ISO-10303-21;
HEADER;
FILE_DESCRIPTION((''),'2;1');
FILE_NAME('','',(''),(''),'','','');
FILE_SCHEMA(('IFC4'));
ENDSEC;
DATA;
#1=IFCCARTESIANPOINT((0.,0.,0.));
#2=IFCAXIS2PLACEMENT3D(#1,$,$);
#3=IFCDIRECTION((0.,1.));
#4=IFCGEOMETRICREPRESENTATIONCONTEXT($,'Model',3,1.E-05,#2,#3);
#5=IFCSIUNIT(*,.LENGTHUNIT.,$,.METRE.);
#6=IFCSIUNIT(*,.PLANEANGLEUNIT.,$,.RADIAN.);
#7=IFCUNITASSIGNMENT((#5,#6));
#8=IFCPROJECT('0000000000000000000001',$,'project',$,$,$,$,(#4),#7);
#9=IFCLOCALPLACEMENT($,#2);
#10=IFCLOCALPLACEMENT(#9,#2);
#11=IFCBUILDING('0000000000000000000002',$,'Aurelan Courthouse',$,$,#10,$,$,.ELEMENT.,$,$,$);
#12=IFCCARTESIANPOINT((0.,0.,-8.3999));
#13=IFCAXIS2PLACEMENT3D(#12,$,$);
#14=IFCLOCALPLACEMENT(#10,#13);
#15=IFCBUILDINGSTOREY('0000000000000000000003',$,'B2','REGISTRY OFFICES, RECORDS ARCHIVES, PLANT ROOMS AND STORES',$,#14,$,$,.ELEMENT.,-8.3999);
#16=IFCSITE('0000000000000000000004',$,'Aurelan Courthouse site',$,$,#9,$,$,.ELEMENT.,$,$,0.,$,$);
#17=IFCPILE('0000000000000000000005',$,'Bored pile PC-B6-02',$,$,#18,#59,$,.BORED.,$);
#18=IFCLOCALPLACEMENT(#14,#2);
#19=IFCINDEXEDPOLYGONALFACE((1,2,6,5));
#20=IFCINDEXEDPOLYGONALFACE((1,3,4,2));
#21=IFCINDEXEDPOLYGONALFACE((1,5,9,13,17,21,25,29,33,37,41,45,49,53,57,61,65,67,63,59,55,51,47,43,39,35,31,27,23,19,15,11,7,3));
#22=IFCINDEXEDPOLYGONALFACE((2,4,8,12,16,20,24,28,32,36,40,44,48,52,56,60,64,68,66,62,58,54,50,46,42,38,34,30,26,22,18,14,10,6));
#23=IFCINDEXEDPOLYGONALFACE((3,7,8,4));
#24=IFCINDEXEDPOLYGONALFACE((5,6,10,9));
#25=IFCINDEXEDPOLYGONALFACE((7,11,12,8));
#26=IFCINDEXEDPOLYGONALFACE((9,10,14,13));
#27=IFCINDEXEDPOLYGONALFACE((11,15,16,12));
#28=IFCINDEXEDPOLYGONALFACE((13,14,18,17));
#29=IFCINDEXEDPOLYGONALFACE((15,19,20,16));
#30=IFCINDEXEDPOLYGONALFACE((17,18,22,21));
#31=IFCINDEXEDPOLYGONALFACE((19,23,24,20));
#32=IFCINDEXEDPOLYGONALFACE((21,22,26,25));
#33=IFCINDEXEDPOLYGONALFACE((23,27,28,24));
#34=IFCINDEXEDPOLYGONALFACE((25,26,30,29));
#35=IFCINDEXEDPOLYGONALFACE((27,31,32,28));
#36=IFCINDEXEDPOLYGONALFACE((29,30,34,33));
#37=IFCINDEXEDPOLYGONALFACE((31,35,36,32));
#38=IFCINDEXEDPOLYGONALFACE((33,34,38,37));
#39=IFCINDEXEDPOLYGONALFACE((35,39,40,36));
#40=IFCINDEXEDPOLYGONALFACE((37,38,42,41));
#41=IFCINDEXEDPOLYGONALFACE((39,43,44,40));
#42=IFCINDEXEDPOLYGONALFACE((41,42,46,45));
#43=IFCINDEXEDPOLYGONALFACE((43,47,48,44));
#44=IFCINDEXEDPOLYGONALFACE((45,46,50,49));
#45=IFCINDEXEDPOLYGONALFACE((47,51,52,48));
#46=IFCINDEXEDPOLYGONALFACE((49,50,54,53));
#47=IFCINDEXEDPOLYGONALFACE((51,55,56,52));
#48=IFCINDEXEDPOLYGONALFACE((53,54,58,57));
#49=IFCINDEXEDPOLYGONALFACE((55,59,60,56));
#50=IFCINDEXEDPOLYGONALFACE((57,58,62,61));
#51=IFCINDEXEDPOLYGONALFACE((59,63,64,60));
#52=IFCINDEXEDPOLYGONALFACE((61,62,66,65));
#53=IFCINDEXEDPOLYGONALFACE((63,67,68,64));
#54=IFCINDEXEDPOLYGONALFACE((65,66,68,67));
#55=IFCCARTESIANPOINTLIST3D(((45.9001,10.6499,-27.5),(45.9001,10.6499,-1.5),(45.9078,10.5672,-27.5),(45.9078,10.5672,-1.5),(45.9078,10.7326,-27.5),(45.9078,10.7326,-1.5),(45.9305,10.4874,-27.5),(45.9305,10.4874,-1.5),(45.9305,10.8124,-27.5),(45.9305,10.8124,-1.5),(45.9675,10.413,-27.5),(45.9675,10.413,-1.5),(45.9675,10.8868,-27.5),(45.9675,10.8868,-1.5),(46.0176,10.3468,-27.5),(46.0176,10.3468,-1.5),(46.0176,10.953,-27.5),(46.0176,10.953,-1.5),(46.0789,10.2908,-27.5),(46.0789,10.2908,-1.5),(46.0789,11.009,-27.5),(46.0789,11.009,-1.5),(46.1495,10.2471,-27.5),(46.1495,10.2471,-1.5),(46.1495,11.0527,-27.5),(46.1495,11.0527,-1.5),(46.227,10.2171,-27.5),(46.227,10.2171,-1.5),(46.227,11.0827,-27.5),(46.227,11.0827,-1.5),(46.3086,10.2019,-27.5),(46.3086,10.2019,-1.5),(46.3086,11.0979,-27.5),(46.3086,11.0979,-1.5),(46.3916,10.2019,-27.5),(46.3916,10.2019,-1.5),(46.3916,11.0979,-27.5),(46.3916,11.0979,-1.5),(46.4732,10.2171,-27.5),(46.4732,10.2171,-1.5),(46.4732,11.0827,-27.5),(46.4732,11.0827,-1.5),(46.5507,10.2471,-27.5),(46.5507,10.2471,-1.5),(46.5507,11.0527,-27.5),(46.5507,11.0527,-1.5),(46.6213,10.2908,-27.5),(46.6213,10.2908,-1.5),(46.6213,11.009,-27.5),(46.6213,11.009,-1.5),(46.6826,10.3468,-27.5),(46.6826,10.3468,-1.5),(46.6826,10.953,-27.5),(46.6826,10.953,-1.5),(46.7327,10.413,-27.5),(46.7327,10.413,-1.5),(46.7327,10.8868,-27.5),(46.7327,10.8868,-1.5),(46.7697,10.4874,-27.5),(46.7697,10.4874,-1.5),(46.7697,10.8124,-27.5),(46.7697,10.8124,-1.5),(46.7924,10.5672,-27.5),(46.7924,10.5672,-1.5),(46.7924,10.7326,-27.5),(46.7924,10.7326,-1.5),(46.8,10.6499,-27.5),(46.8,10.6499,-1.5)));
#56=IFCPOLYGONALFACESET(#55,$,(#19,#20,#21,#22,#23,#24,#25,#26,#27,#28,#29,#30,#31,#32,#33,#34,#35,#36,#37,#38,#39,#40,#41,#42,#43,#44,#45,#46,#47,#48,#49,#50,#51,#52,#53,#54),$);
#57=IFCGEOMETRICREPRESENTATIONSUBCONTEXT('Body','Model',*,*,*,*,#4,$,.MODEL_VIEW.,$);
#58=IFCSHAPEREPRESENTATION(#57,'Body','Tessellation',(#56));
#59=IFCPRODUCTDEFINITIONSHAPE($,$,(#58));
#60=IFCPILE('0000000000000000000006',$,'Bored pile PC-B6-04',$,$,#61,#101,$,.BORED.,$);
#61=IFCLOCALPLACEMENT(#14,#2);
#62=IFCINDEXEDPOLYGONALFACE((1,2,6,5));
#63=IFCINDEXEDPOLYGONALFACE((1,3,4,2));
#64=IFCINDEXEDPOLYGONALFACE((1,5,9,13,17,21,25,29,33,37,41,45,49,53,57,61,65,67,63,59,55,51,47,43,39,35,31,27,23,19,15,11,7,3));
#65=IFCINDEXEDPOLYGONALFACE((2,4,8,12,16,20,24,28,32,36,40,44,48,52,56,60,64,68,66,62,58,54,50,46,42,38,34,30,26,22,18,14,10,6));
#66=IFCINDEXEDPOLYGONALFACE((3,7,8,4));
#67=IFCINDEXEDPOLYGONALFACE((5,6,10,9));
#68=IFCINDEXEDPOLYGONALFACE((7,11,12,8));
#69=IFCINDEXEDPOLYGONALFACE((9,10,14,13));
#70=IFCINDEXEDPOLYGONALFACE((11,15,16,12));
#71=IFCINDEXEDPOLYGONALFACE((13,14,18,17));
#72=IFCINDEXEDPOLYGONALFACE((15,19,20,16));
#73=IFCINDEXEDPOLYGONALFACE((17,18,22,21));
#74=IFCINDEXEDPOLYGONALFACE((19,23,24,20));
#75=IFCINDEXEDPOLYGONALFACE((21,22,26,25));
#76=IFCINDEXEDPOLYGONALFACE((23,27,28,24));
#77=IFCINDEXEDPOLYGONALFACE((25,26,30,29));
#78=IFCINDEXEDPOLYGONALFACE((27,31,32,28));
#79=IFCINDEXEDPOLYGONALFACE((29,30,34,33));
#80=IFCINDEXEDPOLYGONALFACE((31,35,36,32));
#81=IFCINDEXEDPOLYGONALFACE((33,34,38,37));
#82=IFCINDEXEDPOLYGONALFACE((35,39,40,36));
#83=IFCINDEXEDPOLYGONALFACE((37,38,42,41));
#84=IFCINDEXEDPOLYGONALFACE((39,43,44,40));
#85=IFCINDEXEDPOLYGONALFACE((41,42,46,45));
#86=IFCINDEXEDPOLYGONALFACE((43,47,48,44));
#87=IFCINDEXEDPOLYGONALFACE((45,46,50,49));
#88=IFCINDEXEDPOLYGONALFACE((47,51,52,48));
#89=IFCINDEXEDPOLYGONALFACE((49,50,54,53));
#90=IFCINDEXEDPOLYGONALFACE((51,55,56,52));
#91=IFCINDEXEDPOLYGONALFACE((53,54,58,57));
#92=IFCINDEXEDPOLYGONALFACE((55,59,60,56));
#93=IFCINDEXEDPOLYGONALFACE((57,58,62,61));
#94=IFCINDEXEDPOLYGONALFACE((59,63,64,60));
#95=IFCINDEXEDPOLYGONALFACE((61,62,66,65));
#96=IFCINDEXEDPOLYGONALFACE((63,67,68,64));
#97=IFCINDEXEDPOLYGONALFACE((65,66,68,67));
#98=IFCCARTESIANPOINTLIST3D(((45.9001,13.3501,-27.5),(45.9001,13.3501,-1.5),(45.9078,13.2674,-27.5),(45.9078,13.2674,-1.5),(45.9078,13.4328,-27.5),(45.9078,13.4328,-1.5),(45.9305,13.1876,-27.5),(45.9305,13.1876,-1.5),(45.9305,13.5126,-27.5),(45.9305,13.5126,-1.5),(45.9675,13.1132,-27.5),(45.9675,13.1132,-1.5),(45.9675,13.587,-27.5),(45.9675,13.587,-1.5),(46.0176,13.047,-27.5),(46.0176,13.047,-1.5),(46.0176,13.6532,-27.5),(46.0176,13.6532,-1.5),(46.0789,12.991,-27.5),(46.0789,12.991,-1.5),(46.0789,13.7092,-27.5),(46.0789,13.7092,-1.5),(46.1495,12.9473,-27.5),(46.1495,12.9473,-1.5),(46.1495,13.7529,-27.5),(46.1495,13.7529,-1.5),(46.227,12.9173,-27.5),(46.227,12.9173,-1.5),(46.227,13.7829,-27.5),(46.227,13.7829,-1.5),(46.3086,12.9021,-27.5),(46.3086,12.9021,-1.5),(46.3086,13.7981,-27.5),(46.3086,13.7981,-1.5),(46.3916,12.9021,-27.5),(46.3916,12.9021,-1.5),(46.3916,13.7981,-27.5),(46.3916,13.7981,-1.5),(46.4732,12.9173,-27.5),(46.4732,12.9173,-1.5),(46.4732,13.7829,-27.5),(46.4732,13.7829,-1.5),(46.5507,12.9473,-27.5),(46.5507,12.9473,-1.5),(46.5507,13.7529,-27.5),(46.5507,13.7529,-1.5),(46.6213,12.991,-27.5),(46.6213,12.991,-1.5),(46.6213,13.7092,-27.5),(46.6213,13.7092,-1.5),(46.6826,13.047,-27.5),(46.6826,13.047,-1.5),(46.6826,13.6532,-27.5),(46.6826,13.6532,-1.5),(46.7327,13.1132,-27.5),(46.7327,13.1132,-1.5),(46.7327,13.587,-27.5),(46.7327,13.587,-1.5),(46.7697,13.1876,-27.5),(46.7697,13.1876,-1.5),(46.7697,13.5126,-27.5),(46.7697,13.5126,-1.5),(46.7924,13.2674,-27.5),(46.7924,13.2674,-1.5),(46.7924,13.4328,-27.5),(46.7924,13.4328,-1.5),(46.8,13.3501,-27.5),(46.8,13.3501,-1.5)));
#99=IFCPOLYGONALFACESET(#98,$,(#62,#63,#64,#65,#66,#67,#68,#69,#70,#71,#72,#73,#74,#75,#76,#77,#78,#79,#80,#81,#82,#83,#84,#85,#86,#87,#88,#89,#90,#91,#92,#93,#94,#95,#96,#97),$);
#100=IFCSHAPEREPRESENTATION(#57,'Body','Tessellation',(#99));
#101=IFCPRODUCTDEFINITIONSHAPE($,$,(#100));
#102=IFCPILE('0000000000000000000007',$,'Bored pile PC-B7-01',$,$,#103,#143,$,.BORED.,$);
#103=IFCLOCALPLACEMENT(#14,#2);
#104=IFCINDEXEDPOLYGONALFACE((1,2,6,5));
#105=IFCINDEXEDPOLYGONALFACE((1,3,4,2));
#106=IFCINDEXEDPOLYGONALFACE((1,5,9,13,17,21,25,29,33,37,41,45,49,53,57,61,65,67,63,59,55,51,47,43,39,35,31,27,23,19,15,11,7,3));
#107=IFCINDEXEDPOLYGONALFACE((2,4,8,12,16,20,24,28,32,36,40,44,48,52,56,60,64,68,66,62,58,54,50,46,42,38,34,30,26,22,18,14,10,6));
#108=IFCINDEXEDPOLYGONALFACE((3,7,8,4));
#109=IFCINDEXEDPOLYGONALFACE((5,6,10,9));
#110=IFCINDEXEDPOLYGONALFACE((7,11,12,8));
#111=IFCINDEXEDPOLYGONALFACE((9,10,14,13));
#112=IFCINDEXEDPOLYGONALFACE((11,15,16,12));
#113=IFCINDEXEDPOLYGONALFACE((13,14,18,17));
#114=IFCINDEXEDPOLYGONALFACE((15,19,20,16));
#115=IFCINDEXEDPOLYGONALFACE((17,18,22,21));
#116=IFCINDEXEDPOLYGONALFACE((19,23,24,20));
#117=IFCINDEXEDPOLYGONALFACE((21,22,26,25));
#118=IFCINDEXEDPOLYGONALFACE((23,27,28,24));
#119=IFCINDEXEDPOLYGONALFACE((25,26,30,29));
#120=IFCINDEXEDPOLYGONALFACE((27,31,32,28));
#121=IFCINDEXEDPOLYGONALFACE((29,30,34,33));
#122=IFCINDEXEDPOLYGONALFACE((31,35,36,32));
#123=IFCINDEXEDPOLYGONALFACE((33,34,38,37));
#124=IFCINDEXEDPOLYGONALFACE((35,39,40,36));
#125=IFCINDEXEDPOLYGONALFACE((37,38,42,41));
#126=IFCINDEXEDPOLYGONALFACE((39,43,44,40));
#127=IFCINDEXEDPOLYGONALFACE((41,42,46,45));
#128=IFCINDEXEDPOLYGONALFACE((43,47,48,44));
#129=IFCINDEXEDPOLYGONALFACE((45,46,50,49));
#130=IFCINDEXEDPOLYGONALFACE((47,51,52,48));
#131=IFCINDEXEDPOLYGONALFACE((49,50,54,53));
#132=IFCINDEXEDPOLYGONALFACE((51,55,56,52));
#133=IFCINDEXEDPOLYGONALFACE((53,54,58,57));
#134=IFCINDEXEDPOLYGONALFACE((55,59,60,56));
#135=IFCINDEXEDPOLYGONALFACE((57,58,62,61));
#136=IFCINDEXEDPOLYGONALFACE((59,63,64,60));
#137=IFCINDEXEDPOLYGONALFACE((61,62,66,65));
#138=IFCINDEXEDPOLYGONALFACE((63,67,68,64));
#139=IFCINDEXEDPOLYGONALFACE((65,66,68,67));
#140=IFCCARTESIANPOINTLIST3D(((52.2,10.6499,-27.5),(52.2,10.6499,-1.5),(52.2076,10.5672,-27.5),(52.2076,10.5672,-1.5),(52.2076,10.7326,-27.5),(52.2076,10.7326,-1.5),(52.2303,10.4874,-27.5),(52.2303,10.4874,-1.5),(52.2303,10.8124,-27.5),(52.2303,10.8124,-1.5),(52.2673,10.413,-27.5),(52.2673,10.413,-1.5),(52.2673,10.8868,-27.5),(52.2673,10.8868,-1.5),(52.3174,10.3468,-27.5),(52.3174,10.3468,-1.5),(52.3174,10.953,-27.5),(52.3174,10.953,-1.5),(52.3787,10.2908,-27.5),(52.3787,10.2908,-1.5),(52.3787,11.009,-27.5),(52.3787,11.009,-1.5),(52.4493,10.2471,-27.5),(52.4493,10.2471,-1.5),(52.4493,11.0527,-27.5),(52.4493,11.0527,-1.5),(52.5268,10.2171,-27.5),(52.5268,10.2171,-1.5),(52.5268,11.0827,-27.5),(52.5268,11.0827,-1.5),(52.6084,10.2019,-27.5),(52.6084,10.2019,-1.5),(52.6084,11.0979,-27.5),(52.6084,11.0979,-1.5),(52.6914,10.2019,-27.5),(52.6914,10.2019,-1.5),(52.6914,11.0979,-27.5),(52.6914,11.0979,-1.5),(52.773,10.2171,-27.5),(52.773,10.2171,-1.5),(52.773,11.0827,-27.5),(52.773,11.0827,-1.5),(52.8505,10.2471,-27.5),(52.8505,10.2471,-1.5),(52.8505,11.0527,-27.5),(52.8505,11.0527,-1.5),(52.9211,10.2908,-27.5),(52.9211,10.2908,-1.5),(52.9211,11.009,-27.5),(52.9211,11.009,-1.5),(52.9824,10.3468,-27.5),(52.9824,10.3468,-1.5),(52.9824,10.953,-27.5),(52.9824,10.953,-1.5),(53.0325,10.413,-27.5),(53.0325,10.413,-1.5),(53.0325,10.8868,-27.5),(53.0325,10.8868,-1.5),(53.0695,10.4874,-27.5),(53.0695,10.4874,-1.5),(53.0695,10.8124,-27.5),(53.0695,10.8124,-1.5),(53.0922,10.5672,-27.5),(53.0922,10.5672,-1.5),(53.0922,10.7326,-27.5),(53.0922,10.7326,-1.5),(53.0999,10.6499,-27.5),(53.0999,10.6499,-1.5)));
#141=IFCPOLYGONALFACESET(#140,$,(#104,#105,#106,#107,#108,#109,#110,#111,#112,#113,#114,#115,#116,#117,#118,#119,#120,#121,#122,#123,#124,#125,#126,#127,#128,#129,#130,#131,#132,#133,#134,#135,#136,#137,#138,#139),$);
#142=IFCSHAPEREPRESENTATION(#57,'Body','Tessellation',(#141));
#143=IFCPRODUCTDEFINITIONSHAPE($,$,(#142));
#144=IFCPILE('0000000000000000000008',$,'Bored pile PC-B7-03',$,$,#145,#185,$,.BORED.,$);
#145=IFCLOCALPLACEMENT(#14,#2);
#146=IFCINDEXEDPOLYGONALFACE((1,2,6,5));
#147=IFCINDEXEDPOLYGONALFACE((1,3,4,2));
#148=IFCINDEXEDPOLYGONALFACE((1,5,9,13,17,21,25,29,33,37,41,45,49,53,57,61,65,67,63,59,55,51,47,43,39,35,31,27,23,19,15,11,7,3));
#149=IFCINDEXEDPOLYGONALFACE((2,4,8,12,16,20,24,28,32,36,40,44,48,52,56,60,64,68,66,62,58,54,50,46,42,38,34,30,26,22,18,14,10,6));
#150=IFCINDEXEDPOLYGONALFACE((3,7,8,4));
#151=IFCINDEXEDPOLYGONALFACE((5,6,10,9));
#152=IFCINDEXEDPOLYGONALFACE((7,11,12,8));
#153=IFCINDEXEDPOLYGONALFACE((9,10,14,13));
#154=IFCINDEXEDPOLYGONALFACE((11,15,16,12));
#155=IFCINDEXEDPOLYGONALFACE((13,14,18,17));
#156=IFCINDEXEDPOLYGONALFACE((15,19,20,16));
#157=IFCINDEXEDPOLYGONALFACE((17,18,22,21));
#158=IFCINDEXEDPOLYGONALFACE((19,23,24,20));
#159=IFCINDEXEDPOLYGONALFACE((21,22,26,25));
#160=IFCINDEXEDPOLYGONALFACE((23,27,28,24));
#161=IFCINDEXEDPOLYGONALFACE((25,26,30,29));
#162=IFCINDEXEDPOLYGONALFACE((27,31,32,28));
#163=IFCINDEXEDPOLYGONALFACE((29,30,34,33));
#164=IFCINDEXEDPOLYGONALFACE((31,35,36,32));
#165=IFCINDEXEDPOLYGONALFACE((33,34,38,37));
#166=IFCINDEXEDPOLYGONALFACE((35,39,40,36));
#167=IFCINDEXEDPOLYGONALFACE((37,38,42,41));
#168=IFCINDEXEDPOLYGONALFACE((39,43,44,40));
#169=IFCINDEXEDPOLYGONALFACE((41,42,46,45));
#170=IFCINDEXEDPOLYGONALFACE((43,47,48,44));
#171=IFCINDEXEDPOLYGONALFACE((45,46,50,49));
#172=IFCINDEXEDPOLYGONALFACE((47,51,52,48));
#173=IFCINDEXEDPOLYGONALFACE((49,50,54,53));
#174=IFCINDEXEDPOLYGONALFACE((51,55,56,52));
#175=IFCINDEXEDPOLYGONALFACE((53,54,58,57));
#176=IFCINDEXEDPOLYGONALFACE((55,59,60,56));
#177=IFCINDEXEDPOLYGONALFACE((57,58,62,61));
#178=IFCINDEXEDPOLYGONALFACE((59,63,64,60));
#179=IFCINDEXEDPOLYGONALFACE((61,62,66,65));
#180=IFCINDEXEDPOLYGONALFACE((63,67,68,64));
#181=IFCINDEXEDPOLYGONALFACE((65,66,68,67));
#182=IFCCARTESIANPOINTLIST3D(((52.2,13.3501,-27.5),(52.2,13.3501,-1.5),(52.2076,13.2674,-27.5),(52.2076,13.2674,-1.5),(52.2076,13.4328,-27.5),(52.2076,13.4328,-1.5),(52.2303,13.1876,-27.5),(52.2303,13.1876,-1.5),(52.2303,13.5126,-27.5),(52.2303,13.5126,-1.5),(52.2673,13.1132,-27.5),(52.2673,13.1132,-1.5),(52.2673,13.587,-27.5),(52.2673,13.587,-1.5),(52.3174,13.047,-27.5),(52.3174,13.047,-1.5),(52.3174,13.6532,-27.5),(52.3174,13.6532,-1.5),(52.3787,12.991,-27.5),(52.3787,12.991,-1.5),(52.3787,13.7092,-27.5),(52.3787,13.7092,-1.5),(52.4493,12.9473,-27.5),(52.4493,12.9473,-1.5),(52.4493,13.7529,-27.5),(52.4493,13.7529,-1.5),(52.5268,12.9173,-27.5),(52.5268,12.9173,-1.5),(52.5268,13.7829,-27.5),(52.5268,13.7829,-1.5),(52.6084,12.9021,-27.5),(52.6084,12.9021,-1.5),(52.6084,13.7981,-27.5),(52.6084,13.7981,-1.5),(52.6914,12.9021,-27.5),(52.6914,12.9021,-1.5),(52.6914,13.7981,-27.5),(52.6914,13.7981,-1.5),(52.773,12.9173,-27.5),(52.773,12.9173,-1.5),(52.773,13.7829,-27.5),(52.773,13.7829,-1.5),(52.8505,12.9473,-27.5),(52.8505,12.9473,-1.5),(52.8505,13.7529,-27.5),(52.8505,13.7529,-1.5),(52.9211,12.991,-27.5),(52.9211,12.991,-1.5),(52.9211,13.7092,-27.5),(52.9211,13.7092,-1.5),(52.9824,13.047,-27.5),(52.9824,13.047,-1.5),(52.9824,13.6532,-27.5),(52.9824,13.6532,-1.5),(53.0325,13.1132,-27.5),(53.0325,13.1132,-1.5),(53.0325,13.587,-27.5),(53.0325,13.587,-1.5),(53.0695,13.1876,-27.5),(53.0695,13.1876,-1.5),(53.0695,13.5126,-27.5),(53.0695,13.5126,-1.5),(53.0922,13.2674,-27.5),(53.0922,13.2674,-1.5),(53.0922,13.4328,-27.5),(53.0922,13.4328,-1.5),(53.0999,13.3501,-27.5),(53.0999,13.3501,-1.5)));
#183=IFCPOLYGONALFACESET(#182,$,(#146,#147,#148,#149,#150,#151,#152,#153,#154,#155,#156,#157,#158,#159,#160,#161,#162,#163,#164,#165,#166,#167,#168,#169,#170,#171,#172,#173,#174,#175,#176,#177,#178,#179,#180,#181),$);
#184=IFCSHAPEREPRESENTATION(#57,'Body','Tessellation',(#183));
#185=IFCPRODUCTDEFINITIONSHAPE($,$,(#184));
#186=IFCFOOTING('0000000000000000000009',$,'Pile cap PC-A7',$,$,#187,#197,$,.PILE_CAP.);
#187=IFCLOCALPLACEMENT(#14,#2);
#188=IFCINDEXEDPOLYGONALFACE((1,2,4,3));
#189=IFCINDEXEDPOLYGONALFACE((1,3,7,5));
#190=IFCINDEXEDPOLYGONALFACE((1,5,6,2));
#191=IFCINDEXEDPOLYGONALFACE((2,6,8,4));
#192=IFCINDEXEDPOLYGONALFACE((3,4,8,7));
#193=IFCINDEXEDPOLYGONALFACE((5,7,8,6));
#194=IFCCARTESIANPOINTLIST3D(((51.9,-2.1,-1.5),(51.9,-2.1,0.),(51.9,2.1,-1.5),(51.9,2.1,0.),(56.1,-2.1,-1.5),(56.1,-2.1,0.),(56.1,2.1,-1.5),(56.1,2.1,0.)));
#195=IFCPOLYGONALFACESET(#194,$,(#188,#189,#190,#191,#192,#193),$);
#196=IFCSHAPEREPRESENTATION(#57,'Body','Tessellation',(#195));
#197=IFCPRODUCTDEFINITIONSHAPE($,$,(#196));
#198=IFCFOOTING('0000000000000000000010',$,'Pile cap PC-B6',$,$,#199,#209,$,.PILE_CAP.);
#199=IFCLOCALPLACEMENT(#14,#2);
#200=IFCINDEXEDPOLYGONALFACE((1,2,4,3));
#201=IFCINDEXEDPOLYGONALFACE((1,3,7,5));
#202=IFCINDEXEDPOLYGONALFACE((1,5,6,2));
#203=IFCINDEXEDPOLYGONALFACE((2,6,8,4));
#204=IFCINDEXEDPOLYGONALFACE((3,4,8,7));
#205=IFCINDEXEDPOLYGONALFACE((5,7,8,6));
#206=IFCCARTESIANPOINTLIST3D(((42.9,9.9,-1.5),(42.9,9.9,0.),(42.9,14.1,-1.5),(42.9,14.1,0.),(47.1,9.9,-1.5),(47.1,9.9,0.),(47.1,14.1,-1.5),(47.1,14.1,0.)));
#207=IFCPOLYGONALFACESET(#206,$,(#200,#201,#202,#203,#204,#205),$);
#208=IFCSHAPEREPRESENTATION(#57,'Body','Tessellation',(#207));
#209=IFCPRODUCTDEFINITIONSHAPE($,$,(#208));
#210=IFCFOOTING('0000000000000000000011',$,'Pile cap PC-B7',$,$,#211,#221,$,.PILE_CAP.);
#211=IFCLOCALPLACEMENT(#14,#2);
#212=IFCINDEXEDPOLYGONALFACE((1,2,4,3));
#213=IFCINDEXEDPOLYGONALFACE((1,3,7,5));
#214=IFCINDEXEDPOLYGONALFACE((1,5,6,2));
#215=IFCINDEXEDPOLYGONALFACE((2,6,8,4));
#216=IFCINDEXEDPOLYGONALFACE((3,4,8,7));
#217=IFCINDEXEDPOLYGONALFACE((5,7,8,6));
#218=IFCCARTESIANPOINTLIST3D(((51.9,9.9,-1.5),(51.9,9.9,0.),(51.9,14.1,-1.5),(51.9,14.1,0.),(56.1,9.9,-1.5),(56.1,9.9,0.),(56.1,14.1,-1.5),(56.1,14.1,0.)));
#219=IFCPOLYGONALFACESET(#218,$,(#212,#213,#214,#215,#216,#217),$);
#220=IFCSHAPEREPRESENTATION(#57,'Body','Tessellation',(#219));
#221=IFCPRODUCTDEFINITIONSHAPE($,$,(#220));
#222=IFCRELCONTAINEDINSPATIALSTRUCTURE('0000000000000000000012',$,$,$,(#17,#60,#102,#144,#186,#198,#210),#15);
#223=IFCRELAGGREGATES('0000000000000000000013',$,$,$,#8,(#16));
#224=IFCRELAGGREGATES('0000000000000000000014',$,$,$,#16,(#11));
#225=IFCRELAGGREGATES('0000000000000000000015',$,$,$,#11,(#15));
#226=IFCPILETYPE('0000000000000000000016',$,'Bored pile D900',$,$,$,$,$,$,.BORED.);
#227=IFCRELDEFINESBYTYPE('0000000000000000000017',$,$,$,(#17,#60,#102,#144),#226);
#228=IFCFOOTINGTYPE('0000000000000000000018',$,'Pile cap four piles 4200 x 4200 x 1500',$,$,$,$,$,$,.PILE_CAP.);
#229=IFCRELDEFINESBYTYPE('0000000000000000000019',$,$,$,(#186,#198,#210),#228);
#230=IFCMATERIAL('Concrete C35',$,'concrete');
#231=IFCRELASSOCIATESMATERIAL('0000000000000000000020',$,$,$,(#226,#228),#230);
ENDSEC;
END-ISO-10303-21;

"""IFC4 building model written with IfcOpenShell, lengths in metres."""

from ifc_helpers import new_model, si_unit, direction, frame, origin, origin_2d, place, context, subcontext, project, spatial, rectangle, circle, extrude, material, material_profile, profile_set, type_object, element, save


model = new_model("IFC4")

# Units and contexts
model_context = context("Model", 3, precision=1e-05, world=origin(), true_north=direction((0.0, 1.0)))
body_context = subcontext(model_context, "Body", "Model", "MODEL_VIEW")
ifc_project = project(units=[si_unit("LENGTHUNIT", "METRE"), si_unit("PLANEANGLEUNIT", "RADIAN")], contexts=[model_context])

# Site, building, storey
site_placement = place(None, origin())
site = spatial("IfcSite", under=ifc_project, at=site_placement, Name="Aurelan Courthouse site", CompositionType="ELEMENT", RefElevation=0.0)
building_placement = place(site_placement, origin())
building = spatial("IfcBuilding", under=site, at=building_placement, Name="Aurelan Courthouse", CompositionType="ELEMENT")
storey_placement = place(building_placement, frame((0.0, 0.0, -8.3999)))
storey = spatial("IfcBuildingStorey", under=building, at=storey_placement, Name="B2", Description="REGISTRY OFFICES, RECORDS ARCHIVES, PLANT ROOMS AND STORES", CompositionType="ELEMENT", Elevation=-8.3999)

# Piles
ifc_material_1 = material(Name="Concrete C35", Category="concrete")
ifc_material_profile_1 = material_profile(ifc_material_1, circle(Radius=0.45, at=origin_2d()), Name="D900")
ifc_profile_set_1 = profile_set([ifc_material_profile_1], Name="Concrete C35")
pile_type = type_object("IfcPileType", Name="Bored pile D900", PredefinedType="BORED", material=ifc_profile_set_1)
for number, where, z_axis, x_axis, name in (
    (1, (46.3501, 10.6499, -1.5), (0.0, 0.0, -1.0), (1.0, 0.0, 0.0), "Bored pile PC-B6-02"),
    (2, (46.3501, 13.3501, -1.5), (0.0, 0.0, -1.0), (1.0, 0.0, 0.0), "Bored pile PC-B6-04"),
    (3, (52.6499, 10.6499, -1.5), (0.0, 0.0, -1.0), (1.0, 0.0, 0.0), "Bored pile PC-B7-01"),
    (4, (52.6499, 13.3501, -1.5), (0.0, 0.0, -1.0), (1.0, 0.0, 0.0), "Bored pile PC-B7-03"),
):
    element("IfcPile", number, at=place(storey_placement, frame(where, z_axis=z_axis, x_axis=x_axis)), inside=storey, type_object=pile_type, Name=name, PredefinedType="BORED", context=body_context, shape_type="SweptSolid", body=[
        extrude(circle(Radius=0.45, at=origin_2d()), origin(), (0.0, 0.0, 1.0), 26.0),
    ])

# Footings
footing_type_1 = type_object("IfcFootingType", Name="Pile cap four piles 4200 x 4200 x 1500", PredefinedType="PILE_CAP", material=ifc_material_1)
for number, where, z_axis, x_axis, name in (
    (5, (54.0, 0.0, -1.5), (0.0, 0.0, 1.0), (1.0, 0.0, 0.0), "Pile cap PC-A7"),
    (6, (45.0, 12.0, -1.5), (0.0, 0.0, 1.0), (1.0, 0.0, 0.0), "Pile cap PC-B6"),
    (7, (54.0, 12.0, -1.5), (0.0, 0.0, 1.0), (1.0, 0.0, 0.0), "Pile cap PC-B7"),
):
    element("IfcFooting", number, at=place(storey_placement, frame(where, z_axis=z_axis, x_axis=x_axis)), inside=storey, type_object=footing_type_1, Name=name, PredefinedType="PILE_CAP", context=body_context, shape_type="SweptSolid", body=[
        extrude(rectangle(XDim=4.2, YDim=4.2, at=origin_2d()), origin(), (0.0, 0.0, 1.0), 1.5),
    ])

save(model, "model.ifc")
